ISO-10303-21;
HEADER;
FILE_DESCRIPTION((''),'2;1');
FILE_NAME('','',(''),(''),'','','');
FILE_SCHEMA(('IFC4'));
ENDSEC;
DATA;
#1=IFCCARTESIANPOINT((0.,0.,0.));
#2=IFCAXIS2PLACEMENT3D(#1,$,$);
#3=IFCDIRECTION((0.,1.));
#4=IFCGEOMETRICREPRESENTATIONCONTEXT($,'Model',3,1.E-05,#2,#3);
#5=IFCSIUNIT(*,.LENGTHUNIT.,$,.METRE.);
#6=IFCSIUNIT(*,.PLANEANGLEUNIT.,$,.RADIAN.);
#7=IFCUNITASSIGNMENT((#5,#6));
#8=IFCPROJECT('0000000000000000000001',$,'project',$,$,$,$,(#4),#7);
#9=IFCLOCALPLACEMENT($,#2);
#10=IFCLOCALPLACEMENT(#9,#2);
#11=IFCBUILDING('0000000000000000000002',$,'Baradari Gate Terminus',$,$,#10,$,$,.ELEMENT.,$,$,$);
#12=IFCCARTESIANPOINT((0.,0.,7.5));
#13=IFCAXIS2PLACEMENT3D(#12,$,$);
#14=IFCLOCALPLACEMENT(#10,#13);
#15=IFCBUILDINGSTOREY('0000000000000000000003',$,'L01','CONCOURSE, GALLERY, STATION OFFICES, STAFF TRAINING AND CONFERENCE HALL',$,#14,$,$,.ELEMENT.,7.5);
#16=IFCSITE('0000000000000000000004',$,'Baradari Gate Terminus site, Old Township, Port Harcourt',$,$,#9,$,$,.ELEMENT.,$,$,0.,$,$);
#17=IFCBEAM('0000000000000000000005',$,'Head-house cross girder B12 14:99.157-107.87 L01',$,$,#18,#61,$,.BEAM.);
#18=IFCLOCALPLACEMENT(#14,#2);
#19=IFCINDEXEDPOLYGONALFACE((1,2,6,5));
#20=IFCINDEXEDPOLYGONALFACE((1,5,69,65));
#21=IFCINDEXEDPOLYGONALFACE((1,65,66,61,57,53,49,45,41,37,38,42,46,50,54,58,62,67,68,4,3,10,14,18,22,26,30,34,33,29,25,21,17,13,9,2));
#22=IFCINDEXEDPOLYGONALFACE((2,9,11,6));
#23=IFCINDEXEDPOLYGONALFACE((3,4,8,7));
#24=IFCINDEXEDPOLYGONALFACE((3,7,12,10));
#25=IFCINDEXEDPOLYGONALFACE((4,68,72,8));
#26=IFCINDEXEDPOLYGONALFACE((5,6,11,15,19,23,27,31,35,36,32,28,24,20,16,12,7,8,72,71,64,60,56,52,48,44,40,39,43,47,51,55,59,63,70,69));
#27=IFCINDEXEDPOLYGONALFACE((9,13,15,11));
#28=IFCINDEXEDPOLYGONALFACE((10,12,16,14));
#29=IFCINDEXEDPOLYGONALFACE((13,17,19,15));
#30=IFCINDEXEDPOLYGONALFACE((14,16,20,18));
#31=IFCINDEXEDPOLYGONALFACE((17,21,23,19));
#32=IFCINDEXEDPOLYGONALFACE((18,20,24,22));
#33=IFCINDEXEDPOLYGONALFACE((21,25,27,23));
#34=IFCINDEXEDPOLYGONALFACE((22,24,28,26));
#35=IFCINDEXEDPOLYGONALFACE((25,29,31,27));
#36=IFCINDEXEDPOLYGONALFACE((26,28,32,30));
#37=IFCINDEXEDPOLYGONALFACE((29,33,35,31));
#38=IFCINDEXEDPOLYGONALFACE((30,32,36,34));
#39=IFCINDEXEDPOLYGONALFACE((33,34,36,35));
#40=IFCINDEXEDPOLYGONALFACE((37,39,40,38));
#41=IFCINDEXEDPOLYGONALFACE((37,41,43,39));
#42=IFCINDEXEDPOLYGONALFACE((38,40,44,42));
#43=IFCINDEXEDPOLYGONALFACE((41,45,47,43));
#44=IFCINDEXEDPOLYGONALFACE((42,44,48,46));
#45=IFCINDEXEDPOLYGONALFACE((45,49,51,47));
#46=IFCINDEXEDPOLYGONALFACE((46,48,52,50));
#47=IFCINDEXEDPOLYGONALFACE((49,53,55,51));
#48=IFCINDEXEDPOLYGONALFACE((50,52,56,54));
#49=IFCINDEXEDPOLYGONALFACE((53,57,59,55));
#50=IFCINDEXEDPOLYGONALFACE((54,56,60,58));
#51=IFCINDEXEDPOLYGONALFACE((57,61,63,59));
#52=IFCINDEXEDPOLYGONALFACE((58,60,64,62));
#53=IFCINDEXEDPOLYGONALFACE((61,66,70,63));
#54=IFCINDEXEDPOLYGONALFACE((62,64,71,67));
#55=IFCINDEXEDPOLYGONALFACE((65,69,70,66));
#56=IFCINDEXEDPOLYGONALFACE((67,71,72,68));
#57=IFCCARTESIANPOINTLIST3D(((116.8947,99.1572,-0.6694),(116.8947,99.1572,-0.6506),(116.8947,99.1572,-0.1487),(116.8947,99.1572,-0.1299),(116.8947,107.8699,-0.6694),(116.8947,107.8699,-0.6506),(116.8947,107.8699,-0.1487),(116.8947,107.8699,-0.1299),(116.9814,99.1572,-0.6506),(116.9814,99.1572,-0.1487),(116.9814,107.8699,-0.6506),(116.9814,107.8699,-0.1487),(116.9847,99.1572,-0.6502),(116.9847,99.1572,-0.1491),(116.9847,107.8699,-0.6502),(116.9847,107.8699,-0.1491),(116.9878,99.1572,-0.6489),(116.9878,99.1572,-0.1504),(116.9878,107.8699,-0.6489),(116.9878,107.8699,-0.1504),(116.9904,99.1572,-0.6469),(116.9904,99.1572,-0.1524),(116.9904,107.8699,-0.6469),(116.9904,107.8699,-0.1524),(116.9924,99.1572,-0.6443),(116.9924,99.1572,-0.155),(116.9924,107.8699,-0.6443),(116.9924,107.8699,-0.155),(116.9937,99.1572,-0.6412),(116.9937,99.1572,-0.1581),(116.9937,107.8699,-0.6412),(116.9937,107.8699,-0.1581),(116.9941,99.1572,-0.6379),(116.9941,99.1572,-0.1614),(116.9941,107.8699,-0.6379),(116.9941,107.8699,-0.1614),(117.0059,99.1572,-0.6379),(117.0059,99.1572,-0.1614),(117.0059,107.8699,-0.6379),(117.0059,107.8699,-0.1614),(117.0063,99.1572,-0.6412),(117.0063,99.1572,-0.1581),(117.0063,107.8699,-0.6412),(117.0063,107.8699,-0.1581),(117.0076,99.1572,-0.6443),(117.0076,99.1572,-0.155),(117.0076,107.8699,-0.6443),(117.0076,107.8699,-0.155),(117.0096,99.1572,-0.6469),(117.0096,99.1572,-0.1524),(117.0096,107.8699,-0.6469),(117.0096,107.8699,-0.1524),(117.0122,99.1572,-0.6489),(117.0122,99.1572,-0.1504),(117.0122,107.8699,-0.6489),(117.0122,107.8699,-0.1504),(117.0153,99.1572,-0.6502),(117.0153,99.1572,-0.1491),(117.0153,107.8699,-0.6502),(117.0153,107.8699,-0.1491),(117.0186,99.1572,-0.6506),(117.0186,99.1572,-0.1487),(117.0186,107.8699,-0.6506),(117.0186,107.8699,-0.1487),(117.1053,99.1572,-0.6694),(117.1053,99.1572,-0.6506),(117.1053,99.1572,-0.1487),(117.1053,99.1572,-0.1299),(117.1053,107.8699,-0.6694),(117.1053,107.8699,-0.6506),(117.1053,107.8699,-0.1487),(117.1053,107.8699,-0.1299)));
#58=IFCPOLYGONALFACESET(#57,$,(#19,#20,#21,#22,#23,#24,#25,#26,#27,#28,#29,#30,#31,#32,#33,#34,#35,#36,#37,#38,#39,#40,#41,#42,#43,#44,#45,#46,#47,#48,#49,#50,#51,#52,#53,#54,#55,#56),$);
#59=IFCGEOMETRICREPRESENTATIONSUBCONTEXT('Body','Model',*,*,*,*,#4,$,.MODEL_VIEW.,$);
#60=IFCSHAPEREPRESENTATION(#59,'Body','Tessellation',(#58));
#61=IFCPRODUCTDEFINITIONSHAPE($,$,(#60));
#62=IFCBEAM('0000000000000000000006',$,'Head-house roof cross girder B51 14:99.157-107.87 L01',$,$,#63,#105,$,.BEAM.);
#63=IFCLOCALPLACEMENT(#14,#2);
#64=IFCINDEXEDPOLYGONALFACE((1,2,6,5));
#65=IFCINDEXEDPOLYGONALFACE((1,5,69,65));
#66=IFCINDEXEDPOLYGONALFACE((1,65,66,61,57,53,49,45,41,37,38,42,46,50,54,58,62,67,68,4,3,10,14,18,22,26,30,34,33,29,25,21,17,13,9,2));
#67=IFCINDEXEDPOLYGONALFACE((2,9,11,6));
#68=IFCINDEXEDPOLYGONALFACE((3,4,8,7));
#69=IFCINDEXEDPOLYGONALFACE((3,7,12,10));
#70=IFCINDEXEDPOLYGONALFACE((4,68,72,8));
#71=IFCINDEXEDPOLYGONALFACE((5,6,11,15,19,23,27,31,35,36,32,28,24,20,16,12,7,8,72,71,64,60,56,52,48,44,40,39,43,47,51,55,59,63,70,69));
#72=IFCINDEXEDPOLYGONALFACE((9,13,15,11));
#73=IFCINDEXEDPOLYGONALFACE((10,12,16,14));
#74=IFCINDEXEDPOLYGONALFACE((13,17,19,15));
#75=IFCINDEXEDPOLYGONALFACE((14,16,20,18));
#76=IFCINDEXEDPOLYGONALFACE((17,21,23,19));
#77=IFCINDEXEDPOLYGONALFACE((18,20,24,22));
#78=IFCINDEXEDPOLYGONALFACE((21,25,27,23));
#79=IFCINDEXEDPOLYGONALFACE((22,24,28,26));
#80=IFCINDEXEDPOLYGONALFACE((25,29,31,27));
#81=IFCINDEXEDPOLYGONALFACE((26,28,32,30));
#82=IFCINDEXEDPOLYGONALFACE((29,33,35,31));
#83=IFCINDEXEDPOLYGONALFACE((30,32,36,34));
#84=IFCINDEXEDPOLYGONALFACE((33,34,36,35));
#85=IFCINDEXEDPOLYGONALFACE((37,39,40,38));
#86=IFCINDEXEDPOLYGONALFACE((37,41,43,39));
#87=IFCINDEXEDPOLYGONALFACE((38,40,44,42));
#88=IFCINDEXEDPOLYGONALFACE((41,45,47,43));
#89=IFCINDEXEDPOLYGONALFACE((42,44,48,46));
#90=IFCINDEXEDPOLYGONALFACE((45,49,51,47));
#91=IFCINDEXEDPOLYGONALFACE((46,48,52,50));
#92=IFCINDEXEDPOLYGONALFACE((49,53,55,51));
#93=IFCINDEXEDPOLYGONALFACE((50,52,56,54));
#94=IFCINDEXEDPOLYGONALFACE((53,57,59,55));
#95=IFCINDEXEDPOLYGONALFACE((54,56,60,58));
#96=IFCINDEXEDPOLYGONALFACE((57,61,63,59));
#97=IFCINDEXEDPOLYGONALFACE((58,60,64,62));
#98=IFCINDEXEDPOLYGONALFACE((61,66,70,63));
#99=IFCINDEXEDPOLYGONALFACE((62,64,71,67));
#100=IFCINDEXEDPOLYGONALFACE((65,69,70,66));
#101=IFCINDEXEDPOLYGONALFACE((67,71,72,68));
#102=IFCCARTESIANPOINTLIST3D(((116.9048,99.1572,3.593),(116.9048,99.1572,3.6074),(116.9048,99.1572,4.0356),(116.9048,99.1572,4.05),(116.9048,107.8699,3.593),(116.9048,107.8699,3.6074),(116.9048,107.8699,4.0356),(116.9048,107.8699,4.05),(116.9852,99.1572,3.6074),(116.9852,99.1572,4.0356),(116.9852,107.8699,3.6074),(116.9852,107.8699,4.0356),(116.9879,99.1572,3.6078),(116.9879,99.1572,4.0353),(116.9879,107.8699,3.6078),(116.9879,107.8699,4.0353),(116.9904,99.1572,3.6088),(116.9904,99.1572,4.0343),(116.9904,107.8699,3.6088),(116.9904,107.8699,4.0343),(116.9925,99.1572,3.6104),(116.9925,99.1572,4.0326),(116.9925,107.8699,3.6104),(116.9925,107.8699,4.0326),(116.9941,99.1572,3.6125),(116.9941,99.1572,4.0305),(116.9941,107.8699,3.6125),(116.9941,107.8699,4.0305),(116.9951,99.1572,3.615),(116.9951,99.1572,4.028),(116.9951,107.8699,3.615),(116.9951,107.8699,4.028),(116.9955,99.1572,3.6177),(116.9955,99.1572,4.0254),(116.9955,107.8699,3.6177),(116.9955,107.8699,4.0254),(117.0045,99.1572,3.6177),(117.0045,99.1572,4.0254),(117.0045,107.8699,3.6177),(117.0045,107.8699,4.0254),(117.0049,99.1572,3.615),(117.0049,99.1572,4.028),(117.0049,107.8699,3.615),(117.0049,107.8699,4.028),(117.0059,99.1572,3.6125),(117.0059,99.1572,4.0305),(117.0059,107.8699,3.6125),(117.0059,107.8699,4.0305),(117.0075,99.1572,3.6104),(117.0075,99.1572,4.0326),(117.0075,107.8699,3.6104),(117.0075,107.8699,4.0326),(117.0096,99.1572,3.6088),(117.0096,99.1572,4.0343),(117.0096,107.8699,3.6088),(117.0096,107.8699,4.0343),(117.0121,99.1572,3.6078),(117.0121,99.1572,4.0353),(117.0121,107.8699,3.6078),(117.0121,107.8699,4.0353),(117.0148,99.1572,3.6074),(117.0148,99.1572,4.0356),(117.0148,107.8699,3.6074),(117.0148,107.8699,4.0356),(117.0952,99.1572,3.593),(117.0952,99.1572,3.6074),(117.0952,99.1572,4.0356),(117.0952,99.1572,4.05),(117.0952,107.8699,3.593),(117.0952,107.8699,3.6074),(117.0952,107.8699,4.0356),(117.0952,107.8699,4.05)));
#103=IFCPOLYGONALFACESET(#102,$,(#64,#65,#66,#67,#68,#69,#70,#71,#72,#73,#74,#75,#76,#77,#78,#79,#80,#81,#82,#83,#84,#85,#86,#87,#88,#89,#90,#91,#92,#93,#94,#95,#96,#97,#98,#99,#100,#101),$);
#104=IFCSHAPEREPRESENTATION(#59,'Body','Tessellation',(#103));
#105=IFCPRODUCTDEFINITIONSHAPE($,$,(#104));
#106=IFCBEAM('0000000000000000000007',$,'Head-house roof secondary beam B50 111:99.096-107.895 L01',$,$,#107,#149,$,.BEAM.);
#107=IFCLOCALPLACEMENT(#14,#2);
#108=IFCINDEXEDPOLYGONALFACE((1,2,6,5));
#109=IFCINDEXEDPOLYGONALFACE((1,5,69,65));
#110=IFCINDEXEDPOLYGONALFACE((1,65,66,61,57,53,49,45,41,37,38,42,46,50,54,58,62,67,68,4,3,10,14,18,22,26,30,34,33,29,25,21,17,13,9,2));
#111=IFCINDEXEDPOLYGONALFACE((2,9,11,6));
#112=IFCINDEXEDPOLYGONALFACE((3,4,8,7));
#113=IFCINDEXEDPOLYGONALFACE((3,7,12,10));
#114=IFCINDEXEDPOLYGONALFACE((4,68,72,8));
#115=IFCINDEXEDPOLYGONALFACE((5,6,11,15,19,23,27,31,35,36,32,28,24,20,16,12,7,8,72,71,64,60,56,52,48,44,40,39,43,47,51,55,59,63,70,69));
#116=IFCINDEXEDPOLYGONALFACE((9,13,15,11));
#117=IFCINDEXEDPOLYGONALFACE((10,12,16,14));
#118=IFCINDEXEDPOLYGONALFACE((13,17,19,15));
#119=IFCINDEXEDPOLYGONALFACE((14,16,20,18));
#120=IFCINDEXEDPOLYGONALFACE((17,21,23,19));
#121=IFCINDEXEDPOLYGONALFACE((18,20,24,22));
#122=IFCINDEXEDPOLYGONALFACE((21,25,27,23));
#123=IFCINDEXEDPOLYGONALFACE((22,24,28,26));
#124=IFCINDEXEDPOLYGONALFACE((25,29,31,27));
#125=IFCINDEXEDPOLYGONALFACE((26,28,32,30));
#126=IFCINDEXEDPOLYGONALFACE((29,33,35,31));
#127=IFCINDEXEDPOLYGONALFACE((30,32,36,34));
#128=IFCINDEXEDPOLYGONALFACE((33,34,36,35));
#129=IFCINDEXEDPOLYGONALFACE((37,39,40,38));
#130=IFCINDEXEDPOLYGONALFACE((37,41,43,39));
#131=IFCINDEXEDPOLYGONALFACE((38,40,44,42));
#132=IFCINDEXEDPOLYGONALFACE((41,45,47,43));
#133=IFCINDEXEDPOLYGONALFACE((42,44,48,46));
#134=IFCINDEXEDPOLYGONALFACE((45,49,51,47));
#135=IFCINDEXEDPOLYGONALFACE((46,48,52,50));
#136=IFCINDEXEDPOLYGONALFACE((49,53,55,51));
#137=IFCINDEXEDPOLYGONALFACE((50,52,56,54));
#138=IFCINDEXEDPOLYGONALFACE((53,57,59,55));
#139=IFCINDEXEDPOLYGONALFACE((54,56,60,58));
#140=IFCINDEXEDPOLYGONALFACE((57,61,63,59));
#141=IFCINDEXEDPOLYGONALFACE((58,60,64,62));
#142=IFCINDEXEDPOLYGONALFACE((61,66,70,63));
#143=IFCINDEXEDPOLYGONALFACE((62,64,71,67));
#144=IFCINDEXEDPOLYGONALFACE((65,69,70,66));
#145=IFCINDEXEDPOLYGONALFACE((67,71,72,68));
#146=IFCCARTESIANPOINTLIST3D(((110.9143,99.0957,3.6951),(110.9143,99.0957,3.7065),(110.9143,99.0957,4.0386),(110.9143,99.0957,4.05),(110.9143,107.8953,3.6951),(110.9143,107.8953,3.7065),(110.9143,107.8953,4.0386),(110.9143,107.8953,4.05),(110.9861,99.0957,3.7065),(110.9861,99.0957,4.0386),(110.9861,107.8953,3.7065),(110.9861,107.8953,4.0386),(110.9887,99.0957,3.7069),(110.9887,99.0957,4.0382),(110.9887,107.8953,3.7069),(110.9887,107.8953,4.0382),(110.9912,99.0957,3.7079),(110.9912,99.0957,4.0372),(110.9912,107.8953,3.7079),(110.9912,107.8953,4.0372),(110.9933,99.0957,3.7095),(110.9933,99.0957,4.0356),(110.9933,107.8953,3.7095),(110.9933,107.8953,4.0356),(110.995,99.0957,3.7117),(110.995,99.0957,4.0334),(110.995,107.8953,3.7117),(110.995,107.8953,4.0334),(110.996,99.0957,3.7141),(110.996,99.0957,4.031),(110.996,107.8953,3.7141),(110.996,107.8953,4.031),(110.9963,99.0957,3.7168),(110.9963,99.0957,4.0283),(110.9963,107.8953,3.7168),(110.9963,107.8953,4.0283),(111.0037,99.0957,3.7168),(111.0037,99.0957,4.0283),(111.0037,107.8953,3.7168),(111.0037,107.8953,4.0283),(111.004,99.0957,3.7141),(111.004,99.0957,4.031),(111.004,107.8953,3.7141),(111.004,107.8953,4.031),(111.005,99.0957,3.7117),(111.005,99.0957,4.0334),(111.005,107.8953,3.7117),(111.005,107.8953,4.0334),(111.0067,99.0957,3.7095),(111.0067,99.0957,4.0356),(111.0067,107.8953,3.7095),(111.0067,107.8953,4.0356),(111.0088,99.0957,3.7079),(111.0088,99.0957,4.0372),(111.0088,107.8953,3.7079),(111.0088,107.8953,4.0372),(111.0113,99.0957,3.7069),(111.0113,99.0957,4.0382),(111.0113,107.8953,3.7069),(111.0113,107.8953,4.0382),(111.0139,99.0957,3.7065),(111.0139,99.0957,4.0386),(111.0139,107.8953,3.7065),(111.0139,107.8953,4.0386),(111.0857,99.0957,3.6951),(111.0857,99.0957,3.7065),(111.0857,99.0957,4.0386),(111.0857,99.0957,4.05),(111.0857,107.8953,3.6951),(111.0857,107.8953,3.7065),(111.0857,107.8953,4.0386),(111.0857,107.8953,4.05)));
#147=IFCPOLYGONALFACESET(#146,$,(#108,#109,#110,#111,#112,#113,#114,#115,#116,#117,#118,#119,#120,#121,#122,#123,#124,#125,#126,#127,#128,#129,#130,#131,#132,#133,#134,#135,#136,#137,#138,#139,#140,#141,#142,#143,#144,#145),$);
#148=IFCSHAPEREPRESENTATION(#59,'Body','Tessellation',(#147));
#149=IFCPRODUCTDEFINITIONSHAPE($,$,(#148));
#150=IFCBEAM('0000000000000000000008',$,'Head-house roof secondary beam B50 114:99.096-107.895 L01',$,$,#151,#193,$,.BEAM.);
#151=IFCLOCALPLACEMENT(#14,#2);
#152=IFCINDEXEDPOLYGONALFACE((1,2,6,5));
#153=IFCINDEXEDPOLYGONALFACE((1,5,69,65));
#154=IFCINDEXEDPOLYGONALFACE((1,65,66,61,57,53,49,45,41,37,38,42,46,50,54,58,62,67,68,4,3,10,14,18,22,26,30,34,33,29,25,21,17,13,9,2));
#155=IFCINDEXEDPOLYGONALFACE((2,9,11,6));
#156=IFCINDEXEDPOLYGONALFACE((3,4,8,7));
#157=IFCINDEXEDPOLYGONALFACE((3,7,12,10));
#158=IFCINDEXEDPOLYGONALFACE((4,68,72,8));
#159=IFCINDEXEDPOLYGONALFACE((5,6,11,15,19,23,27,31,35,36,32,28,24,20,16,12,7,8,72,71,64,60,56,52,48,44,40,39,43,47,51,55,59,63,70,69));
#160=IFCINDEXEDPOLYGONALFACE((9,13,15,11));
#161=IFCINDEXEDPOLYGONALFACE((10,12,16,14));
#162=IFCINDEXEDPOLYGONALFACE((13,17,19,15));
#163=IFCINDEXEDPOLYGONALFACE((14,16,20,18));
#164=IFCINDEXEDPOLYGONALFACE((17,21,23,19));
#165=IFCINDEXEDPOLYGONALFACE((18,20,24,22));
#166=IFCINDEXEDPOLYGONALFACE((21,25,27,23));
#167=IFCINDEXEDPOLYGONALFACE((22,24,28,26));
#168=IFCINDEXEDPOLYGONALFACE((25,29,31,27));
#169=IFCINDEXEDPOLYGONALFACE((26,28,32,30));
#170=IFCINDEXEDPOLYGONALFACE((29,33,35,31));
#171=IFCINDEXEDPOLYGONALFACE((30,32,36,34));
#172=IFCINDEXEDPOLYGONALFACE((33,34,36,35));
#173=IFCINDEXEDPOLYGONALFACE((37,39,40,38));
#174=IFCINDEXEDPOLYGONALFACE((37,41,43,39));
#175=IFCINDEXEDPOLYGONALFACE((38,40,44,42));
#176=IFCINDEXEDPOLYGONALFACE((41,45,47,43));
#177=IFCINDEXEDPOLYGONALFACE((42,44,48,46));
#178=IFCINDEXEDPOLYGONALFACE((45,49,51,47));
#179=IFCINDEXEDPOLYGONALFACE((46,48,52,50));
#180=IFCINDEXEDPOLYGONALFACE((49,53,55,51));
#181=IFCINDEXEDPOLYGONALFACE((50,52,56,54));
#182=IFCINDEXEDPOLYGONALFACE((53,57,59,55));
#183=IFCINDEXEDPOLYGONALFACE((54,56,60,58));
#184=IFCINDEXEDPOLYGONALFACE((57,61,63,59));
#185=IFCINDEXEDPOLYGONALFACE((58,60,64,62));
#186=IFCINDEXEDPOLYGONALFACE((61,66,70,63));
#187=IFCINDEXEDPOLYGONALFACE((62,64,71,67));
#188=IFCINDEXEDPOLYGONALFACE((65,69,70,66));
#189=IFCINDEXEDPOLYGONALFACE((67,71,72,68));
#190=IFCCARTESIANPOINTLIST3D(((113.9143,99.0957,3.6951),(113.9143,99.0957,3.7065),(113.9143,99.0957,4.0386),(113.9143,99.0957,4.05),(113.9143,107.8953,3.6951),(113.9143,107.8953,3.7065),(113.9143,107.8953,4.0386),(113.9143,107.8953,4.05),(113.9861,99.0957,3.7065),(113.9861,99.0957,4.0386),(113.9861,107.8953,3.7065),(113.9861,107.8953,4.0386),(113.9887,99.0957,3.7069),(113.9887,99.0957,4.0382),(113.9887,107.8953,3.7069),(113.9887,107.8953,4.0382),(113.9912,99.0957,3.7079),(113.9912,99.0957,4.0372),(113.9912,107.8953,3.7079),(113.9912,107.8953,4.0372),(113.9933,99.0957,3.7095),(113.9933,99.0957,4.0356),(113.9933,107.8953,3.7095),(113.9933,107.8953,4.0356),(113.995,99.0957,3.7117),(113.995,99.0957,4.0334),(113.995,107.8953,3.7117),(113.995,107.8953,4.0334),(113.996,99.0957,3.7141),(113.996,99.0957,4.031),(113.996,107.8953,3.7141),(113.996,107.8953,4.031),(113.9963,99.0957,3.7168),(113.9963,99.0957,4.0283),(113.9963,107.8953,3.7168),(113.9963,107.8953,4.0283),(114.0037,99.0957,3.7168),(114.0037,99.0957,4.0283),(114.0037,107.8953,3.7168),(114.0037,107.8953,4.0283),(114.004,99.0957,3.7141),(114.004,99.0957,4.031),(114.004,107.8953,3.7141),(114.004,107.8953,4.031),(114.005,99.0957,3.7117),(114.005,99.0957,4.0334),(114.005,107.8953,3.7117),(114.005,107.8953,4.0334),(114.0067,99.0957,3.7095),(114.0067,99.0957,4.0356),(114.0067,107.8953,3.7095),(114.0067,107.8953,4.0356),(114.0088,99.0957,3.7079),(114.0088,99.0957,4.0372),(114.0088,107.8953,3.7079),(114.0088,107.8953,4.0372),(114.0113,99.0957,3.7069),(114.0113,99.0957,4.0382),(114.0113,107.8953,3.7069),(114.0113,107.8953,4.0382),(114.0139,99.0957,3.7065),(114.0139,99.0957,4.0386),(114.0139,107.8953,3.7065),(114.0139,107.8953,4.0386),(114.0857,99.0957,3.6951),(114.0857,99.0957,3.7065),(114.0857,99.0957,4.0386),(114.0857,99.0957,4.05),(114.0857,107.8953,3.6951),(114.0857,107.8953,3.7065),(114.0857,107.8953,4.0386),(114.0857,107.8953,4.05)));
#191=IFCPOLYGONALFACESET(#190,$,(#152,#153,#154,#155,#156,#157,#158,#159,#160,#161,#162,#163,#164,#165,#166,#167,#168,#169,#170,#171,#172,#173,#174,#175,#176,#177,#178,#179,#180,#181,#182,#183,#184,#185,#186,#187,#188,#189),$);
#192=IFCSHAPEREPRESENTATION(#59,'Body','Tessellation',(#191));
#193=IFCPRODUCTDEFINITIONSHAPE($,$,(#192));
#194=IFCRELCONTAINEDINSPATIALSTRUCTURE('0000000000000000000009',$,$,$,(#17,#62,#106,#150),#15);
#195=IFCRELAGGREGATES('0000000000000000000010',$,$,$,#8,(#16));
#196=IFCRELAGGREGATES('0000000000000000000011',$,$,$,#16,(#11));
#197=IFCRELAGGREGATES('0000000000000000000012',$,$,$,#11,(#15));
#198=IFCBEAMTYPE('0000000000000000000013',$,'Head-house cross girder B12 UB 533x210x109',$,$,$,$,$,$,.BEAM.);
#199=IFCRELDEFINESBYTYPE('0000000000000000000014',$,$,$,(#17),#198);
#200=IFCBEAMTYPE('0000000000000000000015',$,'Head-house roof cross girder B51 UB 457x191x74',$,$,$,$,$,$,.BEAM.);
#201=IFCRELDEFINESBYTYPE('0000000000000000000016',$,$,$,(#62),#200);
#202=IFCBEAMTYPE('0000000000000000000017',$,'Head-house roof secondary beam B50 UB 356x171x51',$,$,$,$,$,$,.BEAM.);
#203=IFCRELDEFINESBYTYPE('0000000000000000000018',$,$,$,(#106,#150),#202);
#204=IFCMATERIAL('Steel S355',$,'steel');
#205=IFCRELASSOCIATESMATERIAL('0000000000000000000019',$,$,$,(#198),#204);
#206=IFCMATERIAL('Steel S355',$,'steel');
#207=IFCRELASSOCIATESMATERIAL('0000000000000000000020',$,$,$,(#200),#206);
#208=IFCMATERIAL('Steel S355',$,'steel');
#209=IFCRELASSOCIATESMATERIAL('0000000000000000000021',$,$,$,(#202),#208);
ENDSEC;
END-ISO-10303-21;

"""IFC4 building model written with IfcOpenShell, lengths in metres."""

from ifc_helpers import new_model, si_unit, direction, frame, origin, origin_2d, place, context, subcontext, project, spatial, i_section, extrude, material, material_profile, profile_set, type_object, element, save


model = new_model("IFC4")

# Units and contexts
model_context = context("Model", 3, precision=1e-05, world=origin(), true_north=direction((0.0, 1.0)))
body_context = subcontext(model_context, "Body", "Model", "MODEL_VIEW")
ifc_project = project(units=[si_unit("LENGTHUNIT", "METRE"), si_unit("PLANEANGLEUNIT", "RADIAN")], contexts=[model_context])

# Site, building, storey
site_placement = place(None, origin())
site = spatial("IfcSite", under=ifc_project, at=site_placement, Name="Baradari Gate Terminus site, Old Township, Port Harcourt", CompositionType="ELEMENT", RefElevation=0.0)
building_placement = place(site_placement, origin())
building = spatial("IfcBuilding", under=site, at=building_placement, Name="Baradari Gate Terminus", CompositionType="ELEMENT")
storey_placement = place(building_placement, frame((0.0, 0.0, 7.5)))
storey = spatial("IfcBuildingStorey", under=building, at=storey_placement, Name="L01", Description="CONCOURSE, GALLERY, STATION OFFICES, STAFF TRAINING AND CONFERENCE HALL", CompositionType="ELEMENT", Elevation=7.5)

# Beams
ifc_material_1 = material(Name="Steel S355", Category="steel")
ifc_material_profile_1 = material_profile(ifc_material_1, i_section(OverallWidth=0.2107, OverallDepth=0.5396, WebThickness=0.0117, FlangeThickness=0.0188, FilletRadius=0.0127, at=origin_2d()), Name="UB 533x210x109")
ifc_profile_set_1 = profile_set([ifc_material_profile_1], Name="Steel S355")
beam_type_1 = type_object("IfcBeamType", Name="Head-house cross girder B12 UB 533x210x109", PredefinedType="BEAM", material=ifc_profile_set_1)
beam_1_placement = place(storey_placement, frame((117.0, 99.1572, -0.3997), z_axis=(0.0, 1.0, 0.0), x_axis=(-1.0, 0.0, 0.0)))
element("IfcBeam", 1, at=beam_1_placement, inside=storey, type_object=beam_type_1, Name="Head-house cross girder B12 14:99.157-107.87 L01", PredefinedType="BEAM", context=body_context, shape_type="SweptSolid", body=[
    extrude(i_section(OverallWidth=0.2107, OverallDepth=0.5396, WebThickness=0.0117, FlangeThickness=0.0188, FilletRadius=0.0127, at=origin_2d()), origin(), (0.0, 0.0, 1.0), 8.7126),
])
ifc_material_2 = material(Name="Steel S355", Category="steel")
ifc_material_profile_2 = material_profile(ifc_material_2, i_section(OverallWidth=0.1904, OverallDepth=0.457, WebThickness=0.009, FlangeThickness=0.0144, FilletRadius=0.0103, at=origin_2d()), Name="UB 457x191x74")
ifc_profile_set_2 = profile_set([ifc_material_profile_2], Name="Steel S355")
beam_type_2 = type_object("IfcBeamType", Name="Head-house roof cross girder B51 UB 457x191x74", PredefinedType="BEAM", material=ifc_profile_set_2)
beam_2_placement = place(storey_placement, frame((117.0, 99.1572, 3.8215), z_axis=(0.0, 1.0, 0.0), x_axis=(-1.0, 0.0, 0.0)))
element("IfcBeam", 2, at=beam_2_placement, inside=storey, type_object=beam_type_2, Name="Head-house roof cross girder B51 14:99.157-107.87 L01", PredefinedType="BEAM", context=body_context, shape_type="SweptSolid", body=[
    extrude(i_section(OverallWidth=0.1904, OverallDepth=0.457, WebThickness=0.009, FlangeThickness=0.0144, FilletRadius=0.0103, at=origin_2d()), origin(), (0.0, 0.0, 1.0), 8.7126),
])
ifc_material_3 = material(Name="Steel S355", Category="steel")
ifc_material_profile_3 = material_profile(ifc_material_3, i_section(OverallWidth=0.1714, OverallDepth=0.355, WebThickness=0.0073, FlangeThickness=0.0115, FilletRadius=0.0103, at=origin_2d()), Name="UB 356x171x51")
ifc_profile_set_3 = profile_set([ifc_material_profile_3], Name="Steel S355")
beam_type_3 = type_object("IfcBeamType", Name="Head-house roof secondary beam B50 UB 356x171x51", PredefinedType="BEAM", material=ifc_profile_set_3)
for number, where, z_axis, x_axis, name in (
    (3, (111.0, 99.0957, 3.8726), (0.0, 1.0, 0.0), (-1.0, 0.0, 0.0), "Head-house roof secondary beam B50 111:99.096-107.895 L01"),
    (4, (114.0, 99.0957, 3.8726), (0.0, 1.0, 0.0), (-1.0, 0.0, 0.0), "Head-house roof secondary beam B50 114:99.096-107.895 L01"),
):
    element("IfcBeam", number, at=place(storey_placement, frame(where, z_axis=z_axis, x_axis=x_axis)), inside=storey, type_object=beam_type_3, Name=name, PredefinedType="BEAM", context=body_context, shape_type="SweptSolid", body=[
        extrude(i_section(OverallWidth=0.1714, OverallDepth=0.355, WebThickness=0.0073, FlangeThickness=0.0115, FilletRadius=0.0103, at=origin_2d()), origin(), (0.0, 0.0, 1.0), 8.7996),
    ])

save(model, "model.ifc")
